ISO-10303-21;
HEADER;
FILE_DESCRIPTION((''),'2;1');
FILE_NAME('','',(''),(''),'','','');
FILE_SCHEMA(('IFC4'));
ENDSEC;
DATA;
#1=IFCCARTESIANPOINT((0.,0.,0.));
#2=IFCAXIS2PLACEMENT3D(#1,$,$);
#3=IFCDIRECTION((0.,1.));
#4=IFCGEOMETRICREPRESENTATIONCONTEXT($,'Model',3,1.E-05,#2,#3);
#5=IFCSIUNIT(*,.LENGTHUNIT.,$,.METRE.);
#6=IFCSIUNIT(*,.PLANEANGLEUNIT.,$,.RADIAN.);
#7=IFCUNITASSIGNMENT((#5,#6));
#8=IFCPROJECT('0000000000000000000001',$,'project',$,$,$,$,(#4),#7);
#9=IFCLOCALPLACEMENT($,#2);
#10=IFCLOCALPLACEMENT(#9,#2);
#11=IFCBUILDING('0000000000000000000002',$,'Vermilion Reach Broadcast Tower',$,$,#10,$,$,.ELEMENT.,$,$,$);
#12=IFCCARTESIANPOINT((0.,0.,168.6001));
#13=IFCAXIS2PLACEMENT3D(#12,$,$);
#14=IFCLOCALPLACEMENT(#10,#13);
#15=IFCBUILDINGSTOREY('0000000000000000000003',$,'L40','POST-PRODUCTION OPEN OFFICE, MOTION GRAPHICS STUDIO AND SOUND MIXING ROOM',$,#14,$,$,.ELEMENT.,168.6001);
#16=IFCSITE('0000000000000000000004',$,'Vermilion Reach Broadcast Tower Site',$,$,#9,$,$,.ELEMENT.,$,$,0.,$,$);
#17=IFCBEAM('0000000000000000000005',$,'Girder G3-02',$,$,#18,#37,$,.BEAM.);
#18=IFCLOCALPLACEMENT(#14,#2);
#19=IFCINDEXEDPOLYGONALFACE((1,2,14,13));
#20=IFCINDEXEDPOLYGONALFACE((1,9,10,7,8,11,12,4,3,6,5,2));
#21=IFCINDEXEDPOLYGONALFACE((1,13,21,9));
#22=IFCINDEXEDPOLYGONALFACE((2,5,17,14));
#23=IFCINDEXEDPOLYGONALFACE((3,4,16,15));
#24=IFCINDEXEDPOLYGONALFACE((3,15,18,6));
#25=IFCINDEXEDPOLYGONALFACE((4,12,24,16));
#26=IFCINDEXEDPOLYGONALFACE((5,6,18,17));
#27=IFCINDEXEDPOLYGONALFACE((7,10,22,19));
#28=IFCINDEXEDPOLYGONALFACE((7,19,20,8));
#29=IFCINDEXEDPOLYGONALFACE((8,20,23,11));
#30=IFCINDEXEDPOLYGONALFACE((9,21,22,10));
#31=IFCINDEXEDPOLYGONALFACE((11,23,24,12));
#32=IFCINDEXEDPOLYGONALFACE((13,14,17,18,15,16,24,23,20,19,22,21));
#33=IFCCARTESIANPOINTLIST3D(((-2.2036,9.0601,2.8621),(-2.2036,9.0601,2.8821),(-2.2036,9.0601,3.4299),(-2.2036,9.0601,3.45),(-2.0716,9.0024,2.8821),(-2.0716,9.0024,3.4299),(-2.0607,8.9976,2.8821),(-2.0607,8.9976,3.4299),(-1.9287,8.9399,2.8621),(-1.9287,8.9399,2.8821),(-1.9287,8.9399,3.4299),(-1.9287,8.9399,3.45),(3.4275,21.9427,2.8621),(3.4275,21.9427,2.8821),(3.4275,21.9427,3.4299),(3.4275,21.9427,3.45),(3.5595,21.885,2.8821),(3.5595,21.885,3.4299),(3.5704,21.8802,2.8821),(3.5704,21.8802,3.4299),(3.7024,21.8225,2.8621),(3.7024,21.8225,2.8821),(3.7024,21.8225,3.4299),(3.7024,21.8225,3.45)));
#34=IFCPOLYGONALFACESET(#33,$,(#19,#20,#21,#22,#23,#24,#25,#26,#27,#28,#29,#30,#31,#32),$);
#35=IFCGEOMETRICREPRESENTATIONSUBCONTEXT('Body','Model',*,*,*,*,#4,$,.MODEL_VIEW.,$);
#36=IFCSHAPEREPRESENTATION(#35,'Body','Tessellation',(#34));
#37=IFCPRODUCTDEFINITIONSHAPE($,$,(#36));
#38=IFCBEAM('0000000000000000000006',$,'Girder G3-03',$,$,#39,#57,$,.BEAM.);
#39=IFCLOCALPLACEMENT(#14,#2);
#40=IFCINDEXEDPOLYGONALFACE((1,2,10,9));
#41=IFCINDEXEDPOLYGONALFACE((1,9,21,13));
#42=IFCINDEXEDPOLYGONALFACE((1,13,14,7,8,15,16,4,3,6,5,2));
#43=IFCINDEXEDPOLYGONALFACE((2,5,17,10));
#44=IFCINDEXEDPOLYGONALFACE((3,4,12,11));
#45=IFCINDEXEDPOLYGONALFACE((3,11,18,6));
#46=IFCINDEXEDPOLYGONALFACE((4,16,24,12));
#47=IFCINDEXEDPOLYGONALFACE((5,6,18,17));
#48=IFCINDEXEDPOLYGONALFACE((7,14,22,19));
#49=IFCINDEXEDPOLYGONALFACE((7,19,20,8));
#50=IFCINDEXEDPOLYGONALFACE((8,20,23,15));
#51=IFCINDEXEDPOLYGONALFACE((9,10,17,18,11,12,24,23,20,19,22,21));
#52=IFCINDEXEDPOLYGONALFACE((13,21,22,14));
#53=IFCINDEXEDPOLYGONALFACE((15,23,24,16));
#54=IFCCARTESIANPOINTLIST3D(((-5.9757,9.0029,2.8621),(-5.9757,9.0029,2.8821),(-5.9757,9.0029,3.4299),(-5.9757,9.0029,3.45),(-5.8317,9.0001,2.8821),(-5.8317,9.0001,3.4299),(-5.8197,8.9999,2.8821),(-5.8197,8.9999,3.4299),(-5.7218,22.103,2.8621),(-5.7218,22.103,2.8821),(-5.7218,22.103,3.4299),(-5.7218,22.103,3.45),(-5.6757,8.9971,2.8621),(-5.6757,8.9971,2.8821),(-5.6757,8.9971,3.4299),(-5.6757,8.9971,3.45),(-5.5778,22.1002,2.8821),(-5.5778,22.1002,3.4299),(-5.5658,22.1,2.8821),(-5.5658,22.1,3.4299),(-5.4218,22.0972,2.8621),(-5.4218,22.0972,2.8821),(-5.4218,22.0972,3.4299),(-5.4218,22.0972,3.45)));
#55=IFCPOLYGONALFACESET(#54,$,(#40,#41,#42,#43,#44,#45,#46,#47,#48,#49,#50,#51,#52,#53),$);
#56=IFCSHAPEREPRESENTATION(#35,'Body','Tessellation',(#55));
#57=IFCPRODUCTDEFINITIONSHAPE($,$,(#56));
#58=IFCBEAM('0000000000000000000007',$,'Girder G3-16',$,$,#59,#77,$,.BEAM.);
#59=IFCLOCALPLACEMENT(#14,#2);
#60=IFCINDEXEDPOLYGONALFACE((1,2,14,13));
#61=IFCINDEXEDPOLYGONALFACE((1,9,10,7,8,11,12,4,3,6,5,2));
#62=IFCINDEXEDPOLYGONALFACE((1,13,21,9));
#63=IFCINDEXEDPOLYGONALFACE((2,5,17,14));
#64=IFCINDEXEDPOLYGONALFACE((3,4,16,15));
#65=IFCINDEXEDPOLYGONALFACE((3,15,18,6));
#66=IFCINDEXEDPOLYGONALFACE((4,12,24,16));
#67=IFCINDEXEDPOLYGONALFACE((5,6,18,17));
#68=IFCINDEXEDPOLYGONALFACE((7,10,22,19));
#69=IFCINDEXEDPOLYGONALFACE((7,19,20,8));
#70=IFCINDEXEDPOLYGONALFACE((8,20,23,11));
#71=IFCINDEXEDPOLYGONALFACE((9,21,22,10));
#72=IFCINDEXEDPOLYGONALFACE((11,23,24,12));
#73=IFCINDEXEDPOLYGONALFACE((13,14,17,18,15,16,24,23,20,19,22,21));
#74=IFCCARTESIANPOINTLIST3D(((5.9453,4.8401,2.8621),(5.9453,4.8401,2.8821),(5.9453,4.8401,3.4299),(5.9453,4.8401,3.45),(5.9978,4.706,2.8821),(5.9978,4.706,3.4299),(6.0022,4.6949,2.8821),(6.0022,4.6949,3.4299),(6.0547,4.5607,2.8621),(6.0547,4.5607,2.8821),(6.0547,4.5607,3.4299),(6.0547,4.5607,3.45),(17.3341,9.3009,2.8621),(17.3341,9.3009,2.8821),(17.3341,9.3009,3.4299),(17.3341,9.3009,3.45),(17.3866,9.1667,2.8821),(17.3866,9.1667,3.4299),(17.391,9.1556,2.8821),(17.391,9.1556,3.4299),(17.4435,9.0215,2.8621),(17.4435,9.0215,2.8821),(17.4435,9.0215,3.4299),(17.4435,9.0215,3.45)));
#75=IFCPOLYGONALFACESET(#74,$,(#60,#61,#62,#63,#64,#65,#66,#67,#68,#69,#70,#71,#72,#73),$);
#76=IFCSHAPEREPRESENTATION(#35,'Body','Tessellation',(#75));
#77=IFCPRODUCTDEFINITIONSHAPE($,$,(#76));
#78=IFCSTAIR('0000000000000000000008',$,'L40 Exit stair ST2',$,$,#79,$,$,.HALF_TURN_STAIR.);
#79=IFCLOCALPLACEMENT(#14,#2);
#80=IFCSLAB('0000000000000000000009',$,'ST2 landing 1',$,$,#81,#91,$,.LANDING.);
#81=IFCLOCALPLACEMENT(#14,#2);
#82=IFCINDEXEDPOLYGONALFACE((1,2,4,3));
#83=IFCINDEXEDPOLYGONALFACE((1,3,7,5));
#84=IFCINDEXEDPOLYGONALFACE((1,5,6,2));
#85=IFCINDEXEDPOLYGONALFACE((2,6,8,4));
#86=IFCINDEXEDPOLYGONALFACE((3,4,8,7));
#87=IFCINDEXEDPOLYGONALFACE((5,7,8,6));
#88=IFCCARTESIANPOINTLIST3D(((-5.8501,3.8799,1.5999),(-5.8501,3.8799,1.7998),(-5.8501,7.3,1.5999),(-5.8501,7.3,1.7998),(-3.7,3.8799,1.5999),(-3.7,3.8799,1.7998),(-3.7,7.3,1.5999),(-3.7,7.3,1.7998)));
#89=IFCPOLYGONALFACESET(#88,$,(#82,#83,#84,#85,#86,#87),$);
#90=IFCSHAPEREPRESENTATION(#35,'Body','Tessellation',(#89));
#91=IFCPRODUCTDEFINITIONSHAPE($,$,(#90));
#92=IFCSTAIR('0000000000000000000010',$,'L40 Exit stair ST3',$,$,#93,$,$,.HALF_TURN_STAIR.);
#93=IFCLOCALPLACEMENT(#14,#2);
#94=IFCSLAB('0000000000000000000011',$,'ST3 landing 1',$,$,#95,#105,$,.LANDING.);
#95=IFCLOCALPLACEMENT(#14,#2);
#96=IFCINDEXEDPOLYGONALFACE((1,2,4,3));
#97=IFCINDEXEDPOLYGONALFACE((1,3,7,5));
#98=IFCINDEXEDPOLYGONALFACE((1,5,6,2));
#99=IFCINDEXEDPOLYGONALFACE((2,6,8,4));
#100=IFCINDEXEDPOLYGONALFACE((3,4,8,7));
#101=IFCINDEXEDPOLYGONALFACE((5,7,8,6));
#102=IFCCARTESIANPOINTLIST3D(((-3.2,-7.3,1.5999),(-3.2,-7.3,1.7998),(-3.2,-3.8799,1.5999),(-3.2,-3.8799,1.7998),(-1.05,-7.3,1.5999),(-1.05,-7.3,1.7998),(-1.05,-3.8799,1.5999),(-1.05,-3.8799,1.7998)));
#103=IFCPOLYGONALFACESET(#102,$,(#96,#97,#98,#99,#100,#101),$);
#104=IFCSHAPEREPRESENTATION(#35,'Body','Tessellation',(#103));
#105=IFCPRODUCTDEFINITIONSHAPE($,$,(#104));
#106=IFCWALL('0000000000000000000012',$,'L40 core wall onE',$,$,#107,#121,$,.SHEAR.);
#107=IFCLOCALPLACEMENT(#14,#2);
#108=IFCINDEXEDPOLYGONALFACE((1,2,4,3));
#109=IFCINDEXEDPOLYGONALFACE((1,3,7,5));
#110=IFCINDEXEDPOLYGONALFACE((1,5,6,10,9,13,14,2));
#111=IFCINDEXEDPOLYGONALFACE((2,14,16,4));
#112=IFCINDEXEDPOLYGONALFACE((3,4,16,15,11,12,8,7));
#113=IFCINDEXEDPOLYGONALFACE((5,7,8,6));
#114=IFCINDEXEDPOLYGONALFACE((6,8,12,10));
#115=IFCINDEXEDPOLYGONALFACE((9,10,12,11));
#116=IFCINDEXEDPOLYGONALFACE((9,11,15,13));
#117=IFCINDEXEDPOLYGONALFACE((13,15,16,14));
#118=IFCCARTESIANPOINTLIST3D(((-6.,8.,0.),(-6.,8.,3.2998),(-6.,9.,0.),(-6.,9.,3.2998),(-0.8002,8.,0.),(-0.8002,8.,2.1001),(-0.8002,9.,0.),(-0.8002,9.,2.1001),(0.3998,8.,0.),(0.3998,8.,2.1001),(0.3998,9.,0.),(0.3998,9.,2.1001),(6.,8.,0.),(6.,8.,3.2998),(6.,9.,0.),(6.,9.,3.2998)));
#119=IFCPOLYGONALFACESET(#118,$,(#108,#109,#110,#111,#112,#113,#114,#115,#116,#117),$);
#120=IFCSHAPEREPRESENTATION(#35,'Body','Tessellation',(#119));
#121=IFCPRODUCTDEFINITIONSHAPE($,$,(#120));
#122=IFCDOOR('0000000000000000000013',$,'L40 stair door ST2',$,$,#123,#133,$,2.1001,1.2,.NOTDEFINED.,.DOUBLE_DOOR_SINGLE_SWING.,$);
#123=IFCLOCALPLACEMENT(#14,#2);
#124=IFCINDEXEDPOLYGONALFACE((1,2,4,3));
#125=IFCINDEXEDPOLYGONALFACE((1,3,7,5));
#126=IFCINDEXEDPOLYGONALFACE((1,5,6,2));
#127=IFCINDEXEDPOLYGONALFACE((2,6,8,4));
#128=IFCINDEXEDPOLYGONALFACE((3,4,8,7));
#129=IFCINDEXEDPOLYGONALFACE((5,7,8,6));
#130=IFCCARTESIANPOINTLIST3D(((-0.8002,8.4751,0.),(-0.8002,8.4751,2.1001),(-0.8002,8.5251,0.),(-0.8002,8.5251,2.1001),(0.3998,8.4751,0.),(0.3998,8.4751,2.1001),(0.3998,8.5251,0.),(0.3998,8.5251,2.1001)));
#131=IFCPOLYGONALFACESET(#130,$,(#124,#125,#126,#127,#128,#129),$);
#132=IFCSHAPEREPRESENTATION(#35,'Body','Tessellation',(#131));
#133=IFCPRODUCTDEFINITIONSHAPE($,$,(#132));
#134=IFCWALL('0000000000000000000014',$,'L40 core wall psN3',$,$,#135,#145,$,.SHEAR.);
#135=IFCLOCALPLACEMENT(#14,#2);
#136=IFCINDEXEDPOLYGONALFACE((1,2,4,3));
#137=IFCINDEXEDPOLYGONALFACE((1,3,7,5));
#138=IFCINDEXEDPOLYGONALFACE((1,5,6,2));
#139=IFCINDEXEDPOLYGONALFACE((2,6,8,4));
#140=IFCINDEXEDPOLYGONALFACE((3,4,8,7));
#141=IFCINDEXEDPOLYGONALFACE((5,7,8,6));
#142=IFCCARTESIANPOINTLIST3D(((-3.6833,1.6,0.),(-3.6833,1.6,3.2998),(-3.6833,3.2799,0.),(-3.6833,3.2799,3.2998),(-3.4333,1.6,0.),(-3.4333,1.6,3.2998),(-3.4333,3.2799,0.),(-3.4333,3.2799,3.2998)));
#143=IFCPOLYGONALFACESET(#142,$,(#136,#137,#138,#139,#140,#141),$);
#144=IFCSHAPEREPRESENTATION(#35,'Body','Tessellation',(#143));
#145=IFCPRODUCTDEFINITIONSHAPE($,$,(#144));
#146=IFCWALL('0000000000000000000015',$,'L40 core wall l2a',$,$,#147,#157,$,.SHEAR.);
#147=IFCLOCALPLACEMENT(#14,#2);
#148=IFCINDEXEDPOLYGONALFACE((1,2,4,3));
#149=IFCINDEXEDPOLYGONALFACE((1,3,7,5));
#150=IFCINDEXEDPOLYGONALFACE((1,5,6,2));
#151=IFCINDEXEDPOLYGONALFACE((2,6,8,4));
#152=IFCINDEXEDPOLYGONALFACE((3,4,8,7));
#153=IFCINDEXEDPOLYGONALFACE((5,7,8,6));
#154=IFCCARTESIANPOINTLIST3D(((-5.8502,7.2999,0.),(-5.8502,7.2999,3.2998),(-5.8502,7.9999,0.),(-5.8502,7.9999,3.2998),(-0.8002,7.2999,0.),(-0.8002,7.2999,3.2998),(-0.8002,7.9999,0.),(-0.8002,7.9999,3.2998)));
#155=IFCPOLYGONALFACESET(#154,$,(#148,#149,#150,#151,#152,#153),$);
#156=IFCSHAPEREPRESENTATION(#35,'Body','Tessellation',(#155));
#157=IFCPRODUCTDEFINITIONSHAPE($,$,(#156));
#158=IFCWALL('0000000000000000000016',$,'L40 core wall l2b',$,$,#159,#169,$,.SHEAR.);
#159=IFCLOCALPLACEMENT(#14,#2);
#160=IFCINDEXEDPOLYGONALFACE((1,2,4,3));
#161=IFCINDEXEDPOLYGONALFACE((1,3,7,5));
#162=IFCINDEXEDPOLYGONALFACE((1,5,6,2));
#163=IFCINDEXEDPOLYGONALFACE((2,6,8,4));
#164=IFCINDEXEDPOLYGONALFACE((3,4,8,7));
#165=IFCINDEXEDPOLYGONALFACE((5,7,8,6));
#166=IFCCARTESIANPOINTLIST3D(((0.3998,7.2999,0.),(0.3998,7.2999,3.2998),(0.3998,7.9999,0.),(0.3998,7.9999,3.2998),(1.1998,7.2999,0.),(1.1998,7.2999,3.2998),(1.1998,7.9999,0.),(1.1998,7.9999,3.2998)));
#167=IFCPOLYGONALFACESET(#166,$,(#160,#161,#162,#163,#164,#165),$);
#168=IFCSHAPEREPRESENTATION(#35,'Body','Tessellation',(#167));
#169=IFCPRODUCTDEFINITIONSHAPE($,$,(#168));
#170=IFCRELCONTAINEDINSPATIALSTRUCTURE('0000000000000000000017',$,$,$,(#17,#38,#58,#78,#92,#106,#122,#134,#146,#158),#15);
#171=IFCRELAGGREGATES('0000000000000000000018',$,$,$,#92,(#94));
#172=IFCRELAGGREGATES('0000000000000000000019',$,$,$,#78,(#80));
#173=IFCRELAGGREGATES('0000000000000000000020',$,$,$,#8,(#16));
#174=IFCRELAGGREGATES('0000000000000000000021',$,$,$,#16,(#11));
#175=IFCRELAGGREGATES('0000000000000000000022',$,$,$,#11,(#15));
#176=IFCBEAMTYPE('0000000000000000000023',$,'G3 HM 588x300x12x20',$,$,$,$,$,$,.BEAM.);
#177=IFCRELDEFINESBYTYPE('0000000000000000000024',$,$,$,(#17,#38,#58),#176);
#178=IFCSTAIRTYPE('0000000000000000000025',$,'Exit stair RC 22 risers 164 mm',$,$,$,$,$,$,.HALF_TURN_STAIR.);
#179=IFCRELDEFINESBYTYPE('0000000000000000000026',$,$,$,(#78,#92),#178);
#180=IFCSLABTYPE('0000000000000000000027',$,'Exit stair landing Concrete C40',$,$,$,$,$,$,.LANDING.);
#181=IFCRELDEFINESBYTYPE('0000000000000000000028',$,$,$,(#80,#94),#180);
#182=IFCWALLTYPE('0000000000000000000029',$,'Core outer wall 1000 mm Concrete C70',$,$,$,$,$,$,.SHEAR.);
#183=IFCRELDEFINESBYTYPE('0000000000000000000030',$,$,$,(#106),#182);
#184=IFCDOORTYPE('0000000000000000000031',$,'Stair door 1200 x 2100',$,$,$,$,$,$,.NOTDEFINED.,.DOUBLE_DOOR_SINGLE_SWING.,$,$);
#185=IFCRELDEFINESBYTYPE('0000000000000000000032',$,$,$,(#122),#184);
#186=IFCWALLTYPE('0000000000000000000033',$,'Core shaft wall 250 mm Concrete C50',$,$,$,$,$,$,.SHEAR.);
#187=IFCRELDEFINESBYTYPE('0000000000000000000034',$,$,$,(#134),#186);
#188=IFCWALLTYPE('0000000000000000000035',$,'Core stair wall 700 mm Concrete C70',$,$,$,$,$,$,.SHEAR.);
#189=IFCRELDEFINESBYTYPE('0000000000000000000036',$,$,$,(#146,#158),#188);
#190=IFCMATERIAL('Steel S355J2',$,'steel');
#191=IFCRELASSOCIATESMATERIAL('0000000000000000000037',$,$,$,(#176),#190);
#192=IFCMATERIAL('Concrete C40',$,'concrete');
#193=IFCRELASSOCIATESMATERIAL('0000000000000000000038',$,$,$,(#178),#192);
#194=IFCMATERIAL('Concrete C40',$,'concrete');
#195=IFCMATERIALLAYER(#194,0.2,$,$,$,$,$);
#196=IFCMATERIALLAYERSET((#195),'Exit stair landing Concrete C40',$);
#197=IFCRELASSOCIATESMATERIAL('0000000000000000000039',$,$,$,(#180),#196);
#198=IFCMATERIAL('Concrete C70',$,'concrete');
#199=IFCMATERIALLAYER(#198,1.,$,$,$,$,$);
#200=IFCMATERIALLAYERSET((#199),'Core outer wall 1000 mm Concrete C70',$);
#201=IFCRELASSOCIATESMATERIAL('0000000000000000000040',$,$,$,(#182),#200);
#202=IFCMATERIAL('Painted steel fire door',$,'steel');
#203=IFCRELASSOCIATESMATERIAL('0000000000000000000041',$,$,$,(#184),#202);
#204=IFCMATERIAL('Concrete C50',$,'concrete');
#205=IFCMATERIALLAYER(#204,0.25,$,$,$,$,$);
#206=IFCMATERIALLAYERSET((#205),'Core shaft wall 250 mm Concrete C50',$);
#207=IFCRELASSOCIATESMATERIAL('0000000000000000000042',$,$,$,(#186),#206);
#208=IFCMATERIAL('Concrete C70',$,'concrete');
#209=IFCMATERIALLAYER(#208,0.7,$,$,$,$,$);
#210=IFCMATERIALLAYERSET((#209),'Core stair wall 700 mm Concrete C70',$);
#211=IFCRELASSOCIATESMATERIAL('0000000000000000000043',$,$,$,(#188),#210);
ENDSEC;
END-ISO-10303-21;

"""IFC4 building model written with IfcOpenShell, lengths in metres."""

from ifc_helpers import new_model, si_unit, direction, frame, frame_2d, origin, origin_2d, place, context, subcontext, project, spatial, polyline, rectangle, i_section, outline, extrude, material, layer, layer_set, material_profile, profile_set, type_object, element, fill, aggregate, save


model = new_model("IFC4")

# Units and contexts
model_context = context("Model", 3, precision=1e-05, world=origin(), true_north=direction((0.0, 1.0)))
body_context = subcontext(model_context, "Body", "Model", "MODEL_VIEW")
ifc_project = project(units=[si_unit("LENGTHUNIT", "METRE"), si_unit("PLANEANGLEUNIT", "RADIAN")], contexts=[model_context])

# Site, building, storey
site_placement = place(None, origin())
site = spatial("IfcSite", under=ifc_project, at=site_placement, Name="Vermilion Reach Broadcast Tower Site", CompositionType="ELEMENT", RefElevation=0.0)
building_placement = place(site_placement, origin())
building = spatial("IfcBuilding", under=site, at=building_placement, Name="Vermilion Reach Broadcast Tower", CompositionType="ELEMENT")
storey_placement = place(building_placement, frame((0.0, 0.0, 168.6001)))
storey = spatial("IfcBuildingStorey", under=building, at=storey_placement, Name="L40", Description="POST-PRODUCTION OPEN OFFICE, MOTION GRAPHICS STUDIO AND SOUND MIXING ROOM", CompositionType="ELEMENT", Elevation=168.6001)

# Beams
ifc_material_1 = material(Name="Steel S355J2", Category="steel")
ifc_material_profile = material_profile(ifc_material_1, i_section(OverallWidth=0.3, OverallDepth=0.5879, WebThickness=0.012, FlangeThickness=0.02, at=origin_2d()), Name="S355J2 HM 588x300x12x20")
ifc_profile_set = profile_set([ifc_material_profile], Name="Steel S355J2")
beam_type = type_object("IfcBeamType", Name="G3 HM 588x300x12x20", PredefinedType="BEAM", material=ifc_profile_set)
beam_1_placement = place(storey_placement, frame((-2.0662, 9.0, 3.156), z_axis=(0.400519, 0.916288, 0.0), x_axis=(-0.916288, 0.400519, 0.0)))
element("IfcBeam", 1, at=beam_1_placement, inside=storey, type_object=beam_type, Name="Girder G3-02", PredefinedType="BEAM", context=body_context, shape_type="SweptSolid", body=[
    extrude(i_section(OverallWidth=0.3, OverallDepth=0.5879, WebThickness=0.012, FlangeThickness=0.02, at=origin_2d()), origin(), (0.0, 0.0, 1.0), 14.0596),
])
beam_2_placement = place(storey_placement, frame((-5.8257, 9.0, 3.156), z_axis=(0.019378, 0.999812, 0.0), x_axis=(-0.999812, 0.019378, 0.0)))
element("IfcBeam", 2, at=beam_2_placement, inside=storey, type_object=beam_type, Name="Girder G3-03", PredefinedType="BEAM", context=body_context, shape_type="SweptSolid", body=[
    extrude(i_section(OverallWidth=0.3, OverallDepth=0.5879, WebThickness=0.012, FlangeThickness=0.02, at=origin_2d()), origin(), (0.0, 0.0, 1.0), 13.1025),
])
beam_3_placement = place(storey_placement, frame((6.0, 4.7004, 3.156), z_axis=(0.931125, 0.364701, 0.0), x_axis=(-0.364701, 0.931125, 0.0)))
element("IfcBeam", 3, at=beam_3_placement, inside=storey, type_object=beam_type, Name="Girder G3-16", PredefinedType="BEAM", context=body_context, shape_type="SweptSolid", body=[
    extrude(i_section(OverallWidth=0.3, OverallDepth=0.5879, WebThickness=0.012, FlangeThickness=0.02, at=origin_2d()), origin(), (0.0, 0.0, 1.0), 12.2312),
])

# Stairs, slabs
ifc_material_2 = material(Name="Concrete C40", Category="concrete")
stair_type = type_object("IfcStairType", Name="Exit stair RC 22 risers 164 mm", PredefinedType="HALF_TURN_STAIR", material=ifc_material_2)
placement_1 = place(storey_placement, origin())
stair_1 = element("IfcStair", 4, at=placement_1, inside=storey, type_object=stair_type, Name="L40 Exit stair ST2", PredefinedType="HALF_TURN_STAIR")
ifc_material_3 = material(Name="Concrete C40", Category="concrete")
ifc_layer_1 = layer(ifc_material_3, 0.2)
ifc_layer_set_1 = layer_set([ifc_layer_1], Name="Exit stair landing Concrete C40")
slab_type = type_object("IfcSlabType", Name="Exit stair landing Concrete C40", PredefinedType="LANDING", material=ifc_layer_set_1)
placement_2 = place(storey_placement, frame((0.0, 0.0, 1.5999)))
slab_1 = element("IfcSlab", 5, at=placement_2, type_object=slab_type, Name="ST2 landing 1", PredefinedType="LANDING", context=body_context, shape_type="SweptSolid", body=[
    extrude(outline(polyline([(-3.7, 7.3), (-5.8501, 7.3), (-5.8501, 3.8799), (-3.7, 3.8799), (-3.7, 7.3)])), origin(), (0.0, 0.0, 1.0), 0.2),
])
stair_2 = element("IfcStair", 6, at=placement_1, inside=storey, type_object=stair_type, Name="L40 Exit stair ST3", PredefinedType="HALF_TURN_STAIR")
slab_2 = element("IfcSlab", 7, at=placement_2, type_object=slab_type, Name="ST3 landing 1", PredefinedType="LANDING", context=body_context, shape_type="SweptSolid", body=[
    extrude(outline(polyline([(-3.2, -7.3), (-1.05, -7.3), (-1.05, -3.8799), (-3.2, -3.8799), (-3.2, -7.3)])), origin(), (0.0, 0.0, 1.0), 0.2),
])
aggregate(stair_2, [slab_2])

# Wall, opening, door
ifc_material_4 = material(Name="Concrete C70", Category="concrete")
ifc_layer_2 = layer(ifc_material_4, 1.0)
ifc_layer_set_2 = layer_set([ifc_layer_2], Name="Core outer wall 1000 mm Concrete C70")
wall_type_1 = type_object("IfcWallType", Name="Core outer wall 1000 mm Concrete C70", PredefinedType="SHEAR", material=ifc_layer_set_2)
wall_1_placement = place(storey_placement, frame((6.0, 8.5, 0.0), z_axis=(0.0, 0.0, 1.0), x_axis=(-1.0, 0.0, 0.0)))
wall_1 = element("IfcWall", 8, at=wall_1_placement, inside=storey, type_object=wall_type_1, Name="L40 core wall onE", PredefinedType="SHEAR", context=body_context, shape_type="SweptSolid", body=[
    extrude(rectangle(XDim=12.0, YDim=1.0, at=frame_2d((6.0, 0.0))), origin(), (0.0, 0.0, 1.0), 3.2998),
])
opening_placement = place(wall_1_placement, frame((5.6001, 0.0, 0.0)))
opening = element("IfcOpeningElement", 9, at=opening_placement, cuts=wall_1, PredefinedType="OPENING", context=body_context, shape_type="SweptSolid", body=[
    extrude(rectangle(XDim=1.2, YDim=2.1001, at=frame_2d((0.6001, 1.05))), frame((0.0, 0.51, 0.0), z_axis=(0.0, -1.0, 0.0), x_axis=(1.0, 0.0, 0.0)), (0.0, 0.0, 1.0), 1.02),
])
ifc_material_5 = material(Name="Painted steel fire door", Category="steel")
door_type = type_object("IfcDoorType", Name="Stair door 1200 x 2100", OperationType="DOUBLE_DOOR_SINGLE_SWING", PredefinedType="NOTDEFINED", material=ifc_material_5)
door_placement = place(opening_placement, origin())
door = element("IfcDoor", 10, at=door_placement, inside=storey, type_object=door_type, Name="L40 stair door ST2", OperationType="DOUBLE_DOOR_SINGLE_SWING", OverallHeight=2.1001, OverallWidth=1.2, PredefinedType="NOTDEFINED", context=body_context, shape_type="SweptSolid", body=[
    extrude(rectangle(XDim=1.2, YDim=2.1001, at=frame_2d((0.6001, 1.05))), frame((0.0, 0.0249, 0.0), z_axis=(0.0, -1.0, 0.0), x_axis=(1.0, 0.0, 0.0)), (0.0, 0.0, 1.0), 0.05),
])
fill(opening, door)

# Walls
ifc_material_6 = material(Name="Concrete C50", Category="concrete")
ifc_layer_3 = layer(ifc_material_6, 0.25)
ifc_layer_set_3 = layer_set([ifc_layer_3], Name="Core shaft wall 250 mm Concrete C50")
wall_type_2 = type_object("IfcWallType", Name="Core shaft wall 250 mm Concrete C50", PredefinedType="SHEAR", material=ifc_layer_set_3)
wall_2_placement = place(storey_placement, frame((-3.5583, 1.6001, 0.0), z_axis=(0.0, 0.0, 1.0), x_axis=(0.0, 1.0, 0.0)))
element("IfcWall", 11, at=wall_2_placement, inside=storey, type_object=wall_type_2, Name="L40 core wall psN3", PredefinedType="SHEAR", context=body_context, shape_type="SweptSolid", body=[
    extrude(rectangle(XDim=1.6799, YDim=0.25, at=frame_2d((0.8398, 0.0))), origin(), (0.0, 0.0, 1.0), 3.2998),
])
ifc_material_7 = material(Name="Concrete C70", Category="concrete")
ifc_layer_4 = layer(ifc_material_7, 0.7)
ifc_layer_set_4 = layer_set([ifc_layer_4], Name="Core stair wall 700 mm Concrete C70")
wall_type_3 = type_object("IfcWallType", Name="Core stair wall 700 mm Concrete C70", PredefinedType="SHEAR", material=ifc_layer_set_4)
wall_3_placement = place(storey_placement, frame((-5.8501, 7.6499, 0.0), z_axis=(0.0, 0.0, 1.0), x_axis=(1.0, 0.0, 0.0)))
element("IfcWall", 12, at=wall_3_placement, inside=storey, type_object=wall_type_3, Name="L40 core wall l2a", PredefinedType="SHEAR", context=body_context, shape_type="SweptSolid", body=[
    extrude(rectangle(XDim=5.05, YDim=0.7, at=frame_2d((2.5249, 0.0))), origin(), (0.0, 0.0, 1.0), 3.2998),
])
wall_4_placement = place(storey_placement, frame((0.3999, 7.6499, 0.0), z_axis=(0.0, 0.0, 1.0), x_axis=(1.0, 0.0, 0.0)))
element("IfcWall", 13, at=wall_4_placement, inside=storey, type_object=wall_type_3, Name="L40 core wall l2b", PredefinedType="SHEAR", context=body_context, shape_type="SweptSolid", body=[
    extrude(rectangle(XDim=0.8, YDim=0.7, at=frame_2d((0.3999, 0.0))), origin(), (0.0, 0.0, 1.0), 3.2998),
])

aggregate(stair_1, [slab_1])

save(model, "model.ifc")
